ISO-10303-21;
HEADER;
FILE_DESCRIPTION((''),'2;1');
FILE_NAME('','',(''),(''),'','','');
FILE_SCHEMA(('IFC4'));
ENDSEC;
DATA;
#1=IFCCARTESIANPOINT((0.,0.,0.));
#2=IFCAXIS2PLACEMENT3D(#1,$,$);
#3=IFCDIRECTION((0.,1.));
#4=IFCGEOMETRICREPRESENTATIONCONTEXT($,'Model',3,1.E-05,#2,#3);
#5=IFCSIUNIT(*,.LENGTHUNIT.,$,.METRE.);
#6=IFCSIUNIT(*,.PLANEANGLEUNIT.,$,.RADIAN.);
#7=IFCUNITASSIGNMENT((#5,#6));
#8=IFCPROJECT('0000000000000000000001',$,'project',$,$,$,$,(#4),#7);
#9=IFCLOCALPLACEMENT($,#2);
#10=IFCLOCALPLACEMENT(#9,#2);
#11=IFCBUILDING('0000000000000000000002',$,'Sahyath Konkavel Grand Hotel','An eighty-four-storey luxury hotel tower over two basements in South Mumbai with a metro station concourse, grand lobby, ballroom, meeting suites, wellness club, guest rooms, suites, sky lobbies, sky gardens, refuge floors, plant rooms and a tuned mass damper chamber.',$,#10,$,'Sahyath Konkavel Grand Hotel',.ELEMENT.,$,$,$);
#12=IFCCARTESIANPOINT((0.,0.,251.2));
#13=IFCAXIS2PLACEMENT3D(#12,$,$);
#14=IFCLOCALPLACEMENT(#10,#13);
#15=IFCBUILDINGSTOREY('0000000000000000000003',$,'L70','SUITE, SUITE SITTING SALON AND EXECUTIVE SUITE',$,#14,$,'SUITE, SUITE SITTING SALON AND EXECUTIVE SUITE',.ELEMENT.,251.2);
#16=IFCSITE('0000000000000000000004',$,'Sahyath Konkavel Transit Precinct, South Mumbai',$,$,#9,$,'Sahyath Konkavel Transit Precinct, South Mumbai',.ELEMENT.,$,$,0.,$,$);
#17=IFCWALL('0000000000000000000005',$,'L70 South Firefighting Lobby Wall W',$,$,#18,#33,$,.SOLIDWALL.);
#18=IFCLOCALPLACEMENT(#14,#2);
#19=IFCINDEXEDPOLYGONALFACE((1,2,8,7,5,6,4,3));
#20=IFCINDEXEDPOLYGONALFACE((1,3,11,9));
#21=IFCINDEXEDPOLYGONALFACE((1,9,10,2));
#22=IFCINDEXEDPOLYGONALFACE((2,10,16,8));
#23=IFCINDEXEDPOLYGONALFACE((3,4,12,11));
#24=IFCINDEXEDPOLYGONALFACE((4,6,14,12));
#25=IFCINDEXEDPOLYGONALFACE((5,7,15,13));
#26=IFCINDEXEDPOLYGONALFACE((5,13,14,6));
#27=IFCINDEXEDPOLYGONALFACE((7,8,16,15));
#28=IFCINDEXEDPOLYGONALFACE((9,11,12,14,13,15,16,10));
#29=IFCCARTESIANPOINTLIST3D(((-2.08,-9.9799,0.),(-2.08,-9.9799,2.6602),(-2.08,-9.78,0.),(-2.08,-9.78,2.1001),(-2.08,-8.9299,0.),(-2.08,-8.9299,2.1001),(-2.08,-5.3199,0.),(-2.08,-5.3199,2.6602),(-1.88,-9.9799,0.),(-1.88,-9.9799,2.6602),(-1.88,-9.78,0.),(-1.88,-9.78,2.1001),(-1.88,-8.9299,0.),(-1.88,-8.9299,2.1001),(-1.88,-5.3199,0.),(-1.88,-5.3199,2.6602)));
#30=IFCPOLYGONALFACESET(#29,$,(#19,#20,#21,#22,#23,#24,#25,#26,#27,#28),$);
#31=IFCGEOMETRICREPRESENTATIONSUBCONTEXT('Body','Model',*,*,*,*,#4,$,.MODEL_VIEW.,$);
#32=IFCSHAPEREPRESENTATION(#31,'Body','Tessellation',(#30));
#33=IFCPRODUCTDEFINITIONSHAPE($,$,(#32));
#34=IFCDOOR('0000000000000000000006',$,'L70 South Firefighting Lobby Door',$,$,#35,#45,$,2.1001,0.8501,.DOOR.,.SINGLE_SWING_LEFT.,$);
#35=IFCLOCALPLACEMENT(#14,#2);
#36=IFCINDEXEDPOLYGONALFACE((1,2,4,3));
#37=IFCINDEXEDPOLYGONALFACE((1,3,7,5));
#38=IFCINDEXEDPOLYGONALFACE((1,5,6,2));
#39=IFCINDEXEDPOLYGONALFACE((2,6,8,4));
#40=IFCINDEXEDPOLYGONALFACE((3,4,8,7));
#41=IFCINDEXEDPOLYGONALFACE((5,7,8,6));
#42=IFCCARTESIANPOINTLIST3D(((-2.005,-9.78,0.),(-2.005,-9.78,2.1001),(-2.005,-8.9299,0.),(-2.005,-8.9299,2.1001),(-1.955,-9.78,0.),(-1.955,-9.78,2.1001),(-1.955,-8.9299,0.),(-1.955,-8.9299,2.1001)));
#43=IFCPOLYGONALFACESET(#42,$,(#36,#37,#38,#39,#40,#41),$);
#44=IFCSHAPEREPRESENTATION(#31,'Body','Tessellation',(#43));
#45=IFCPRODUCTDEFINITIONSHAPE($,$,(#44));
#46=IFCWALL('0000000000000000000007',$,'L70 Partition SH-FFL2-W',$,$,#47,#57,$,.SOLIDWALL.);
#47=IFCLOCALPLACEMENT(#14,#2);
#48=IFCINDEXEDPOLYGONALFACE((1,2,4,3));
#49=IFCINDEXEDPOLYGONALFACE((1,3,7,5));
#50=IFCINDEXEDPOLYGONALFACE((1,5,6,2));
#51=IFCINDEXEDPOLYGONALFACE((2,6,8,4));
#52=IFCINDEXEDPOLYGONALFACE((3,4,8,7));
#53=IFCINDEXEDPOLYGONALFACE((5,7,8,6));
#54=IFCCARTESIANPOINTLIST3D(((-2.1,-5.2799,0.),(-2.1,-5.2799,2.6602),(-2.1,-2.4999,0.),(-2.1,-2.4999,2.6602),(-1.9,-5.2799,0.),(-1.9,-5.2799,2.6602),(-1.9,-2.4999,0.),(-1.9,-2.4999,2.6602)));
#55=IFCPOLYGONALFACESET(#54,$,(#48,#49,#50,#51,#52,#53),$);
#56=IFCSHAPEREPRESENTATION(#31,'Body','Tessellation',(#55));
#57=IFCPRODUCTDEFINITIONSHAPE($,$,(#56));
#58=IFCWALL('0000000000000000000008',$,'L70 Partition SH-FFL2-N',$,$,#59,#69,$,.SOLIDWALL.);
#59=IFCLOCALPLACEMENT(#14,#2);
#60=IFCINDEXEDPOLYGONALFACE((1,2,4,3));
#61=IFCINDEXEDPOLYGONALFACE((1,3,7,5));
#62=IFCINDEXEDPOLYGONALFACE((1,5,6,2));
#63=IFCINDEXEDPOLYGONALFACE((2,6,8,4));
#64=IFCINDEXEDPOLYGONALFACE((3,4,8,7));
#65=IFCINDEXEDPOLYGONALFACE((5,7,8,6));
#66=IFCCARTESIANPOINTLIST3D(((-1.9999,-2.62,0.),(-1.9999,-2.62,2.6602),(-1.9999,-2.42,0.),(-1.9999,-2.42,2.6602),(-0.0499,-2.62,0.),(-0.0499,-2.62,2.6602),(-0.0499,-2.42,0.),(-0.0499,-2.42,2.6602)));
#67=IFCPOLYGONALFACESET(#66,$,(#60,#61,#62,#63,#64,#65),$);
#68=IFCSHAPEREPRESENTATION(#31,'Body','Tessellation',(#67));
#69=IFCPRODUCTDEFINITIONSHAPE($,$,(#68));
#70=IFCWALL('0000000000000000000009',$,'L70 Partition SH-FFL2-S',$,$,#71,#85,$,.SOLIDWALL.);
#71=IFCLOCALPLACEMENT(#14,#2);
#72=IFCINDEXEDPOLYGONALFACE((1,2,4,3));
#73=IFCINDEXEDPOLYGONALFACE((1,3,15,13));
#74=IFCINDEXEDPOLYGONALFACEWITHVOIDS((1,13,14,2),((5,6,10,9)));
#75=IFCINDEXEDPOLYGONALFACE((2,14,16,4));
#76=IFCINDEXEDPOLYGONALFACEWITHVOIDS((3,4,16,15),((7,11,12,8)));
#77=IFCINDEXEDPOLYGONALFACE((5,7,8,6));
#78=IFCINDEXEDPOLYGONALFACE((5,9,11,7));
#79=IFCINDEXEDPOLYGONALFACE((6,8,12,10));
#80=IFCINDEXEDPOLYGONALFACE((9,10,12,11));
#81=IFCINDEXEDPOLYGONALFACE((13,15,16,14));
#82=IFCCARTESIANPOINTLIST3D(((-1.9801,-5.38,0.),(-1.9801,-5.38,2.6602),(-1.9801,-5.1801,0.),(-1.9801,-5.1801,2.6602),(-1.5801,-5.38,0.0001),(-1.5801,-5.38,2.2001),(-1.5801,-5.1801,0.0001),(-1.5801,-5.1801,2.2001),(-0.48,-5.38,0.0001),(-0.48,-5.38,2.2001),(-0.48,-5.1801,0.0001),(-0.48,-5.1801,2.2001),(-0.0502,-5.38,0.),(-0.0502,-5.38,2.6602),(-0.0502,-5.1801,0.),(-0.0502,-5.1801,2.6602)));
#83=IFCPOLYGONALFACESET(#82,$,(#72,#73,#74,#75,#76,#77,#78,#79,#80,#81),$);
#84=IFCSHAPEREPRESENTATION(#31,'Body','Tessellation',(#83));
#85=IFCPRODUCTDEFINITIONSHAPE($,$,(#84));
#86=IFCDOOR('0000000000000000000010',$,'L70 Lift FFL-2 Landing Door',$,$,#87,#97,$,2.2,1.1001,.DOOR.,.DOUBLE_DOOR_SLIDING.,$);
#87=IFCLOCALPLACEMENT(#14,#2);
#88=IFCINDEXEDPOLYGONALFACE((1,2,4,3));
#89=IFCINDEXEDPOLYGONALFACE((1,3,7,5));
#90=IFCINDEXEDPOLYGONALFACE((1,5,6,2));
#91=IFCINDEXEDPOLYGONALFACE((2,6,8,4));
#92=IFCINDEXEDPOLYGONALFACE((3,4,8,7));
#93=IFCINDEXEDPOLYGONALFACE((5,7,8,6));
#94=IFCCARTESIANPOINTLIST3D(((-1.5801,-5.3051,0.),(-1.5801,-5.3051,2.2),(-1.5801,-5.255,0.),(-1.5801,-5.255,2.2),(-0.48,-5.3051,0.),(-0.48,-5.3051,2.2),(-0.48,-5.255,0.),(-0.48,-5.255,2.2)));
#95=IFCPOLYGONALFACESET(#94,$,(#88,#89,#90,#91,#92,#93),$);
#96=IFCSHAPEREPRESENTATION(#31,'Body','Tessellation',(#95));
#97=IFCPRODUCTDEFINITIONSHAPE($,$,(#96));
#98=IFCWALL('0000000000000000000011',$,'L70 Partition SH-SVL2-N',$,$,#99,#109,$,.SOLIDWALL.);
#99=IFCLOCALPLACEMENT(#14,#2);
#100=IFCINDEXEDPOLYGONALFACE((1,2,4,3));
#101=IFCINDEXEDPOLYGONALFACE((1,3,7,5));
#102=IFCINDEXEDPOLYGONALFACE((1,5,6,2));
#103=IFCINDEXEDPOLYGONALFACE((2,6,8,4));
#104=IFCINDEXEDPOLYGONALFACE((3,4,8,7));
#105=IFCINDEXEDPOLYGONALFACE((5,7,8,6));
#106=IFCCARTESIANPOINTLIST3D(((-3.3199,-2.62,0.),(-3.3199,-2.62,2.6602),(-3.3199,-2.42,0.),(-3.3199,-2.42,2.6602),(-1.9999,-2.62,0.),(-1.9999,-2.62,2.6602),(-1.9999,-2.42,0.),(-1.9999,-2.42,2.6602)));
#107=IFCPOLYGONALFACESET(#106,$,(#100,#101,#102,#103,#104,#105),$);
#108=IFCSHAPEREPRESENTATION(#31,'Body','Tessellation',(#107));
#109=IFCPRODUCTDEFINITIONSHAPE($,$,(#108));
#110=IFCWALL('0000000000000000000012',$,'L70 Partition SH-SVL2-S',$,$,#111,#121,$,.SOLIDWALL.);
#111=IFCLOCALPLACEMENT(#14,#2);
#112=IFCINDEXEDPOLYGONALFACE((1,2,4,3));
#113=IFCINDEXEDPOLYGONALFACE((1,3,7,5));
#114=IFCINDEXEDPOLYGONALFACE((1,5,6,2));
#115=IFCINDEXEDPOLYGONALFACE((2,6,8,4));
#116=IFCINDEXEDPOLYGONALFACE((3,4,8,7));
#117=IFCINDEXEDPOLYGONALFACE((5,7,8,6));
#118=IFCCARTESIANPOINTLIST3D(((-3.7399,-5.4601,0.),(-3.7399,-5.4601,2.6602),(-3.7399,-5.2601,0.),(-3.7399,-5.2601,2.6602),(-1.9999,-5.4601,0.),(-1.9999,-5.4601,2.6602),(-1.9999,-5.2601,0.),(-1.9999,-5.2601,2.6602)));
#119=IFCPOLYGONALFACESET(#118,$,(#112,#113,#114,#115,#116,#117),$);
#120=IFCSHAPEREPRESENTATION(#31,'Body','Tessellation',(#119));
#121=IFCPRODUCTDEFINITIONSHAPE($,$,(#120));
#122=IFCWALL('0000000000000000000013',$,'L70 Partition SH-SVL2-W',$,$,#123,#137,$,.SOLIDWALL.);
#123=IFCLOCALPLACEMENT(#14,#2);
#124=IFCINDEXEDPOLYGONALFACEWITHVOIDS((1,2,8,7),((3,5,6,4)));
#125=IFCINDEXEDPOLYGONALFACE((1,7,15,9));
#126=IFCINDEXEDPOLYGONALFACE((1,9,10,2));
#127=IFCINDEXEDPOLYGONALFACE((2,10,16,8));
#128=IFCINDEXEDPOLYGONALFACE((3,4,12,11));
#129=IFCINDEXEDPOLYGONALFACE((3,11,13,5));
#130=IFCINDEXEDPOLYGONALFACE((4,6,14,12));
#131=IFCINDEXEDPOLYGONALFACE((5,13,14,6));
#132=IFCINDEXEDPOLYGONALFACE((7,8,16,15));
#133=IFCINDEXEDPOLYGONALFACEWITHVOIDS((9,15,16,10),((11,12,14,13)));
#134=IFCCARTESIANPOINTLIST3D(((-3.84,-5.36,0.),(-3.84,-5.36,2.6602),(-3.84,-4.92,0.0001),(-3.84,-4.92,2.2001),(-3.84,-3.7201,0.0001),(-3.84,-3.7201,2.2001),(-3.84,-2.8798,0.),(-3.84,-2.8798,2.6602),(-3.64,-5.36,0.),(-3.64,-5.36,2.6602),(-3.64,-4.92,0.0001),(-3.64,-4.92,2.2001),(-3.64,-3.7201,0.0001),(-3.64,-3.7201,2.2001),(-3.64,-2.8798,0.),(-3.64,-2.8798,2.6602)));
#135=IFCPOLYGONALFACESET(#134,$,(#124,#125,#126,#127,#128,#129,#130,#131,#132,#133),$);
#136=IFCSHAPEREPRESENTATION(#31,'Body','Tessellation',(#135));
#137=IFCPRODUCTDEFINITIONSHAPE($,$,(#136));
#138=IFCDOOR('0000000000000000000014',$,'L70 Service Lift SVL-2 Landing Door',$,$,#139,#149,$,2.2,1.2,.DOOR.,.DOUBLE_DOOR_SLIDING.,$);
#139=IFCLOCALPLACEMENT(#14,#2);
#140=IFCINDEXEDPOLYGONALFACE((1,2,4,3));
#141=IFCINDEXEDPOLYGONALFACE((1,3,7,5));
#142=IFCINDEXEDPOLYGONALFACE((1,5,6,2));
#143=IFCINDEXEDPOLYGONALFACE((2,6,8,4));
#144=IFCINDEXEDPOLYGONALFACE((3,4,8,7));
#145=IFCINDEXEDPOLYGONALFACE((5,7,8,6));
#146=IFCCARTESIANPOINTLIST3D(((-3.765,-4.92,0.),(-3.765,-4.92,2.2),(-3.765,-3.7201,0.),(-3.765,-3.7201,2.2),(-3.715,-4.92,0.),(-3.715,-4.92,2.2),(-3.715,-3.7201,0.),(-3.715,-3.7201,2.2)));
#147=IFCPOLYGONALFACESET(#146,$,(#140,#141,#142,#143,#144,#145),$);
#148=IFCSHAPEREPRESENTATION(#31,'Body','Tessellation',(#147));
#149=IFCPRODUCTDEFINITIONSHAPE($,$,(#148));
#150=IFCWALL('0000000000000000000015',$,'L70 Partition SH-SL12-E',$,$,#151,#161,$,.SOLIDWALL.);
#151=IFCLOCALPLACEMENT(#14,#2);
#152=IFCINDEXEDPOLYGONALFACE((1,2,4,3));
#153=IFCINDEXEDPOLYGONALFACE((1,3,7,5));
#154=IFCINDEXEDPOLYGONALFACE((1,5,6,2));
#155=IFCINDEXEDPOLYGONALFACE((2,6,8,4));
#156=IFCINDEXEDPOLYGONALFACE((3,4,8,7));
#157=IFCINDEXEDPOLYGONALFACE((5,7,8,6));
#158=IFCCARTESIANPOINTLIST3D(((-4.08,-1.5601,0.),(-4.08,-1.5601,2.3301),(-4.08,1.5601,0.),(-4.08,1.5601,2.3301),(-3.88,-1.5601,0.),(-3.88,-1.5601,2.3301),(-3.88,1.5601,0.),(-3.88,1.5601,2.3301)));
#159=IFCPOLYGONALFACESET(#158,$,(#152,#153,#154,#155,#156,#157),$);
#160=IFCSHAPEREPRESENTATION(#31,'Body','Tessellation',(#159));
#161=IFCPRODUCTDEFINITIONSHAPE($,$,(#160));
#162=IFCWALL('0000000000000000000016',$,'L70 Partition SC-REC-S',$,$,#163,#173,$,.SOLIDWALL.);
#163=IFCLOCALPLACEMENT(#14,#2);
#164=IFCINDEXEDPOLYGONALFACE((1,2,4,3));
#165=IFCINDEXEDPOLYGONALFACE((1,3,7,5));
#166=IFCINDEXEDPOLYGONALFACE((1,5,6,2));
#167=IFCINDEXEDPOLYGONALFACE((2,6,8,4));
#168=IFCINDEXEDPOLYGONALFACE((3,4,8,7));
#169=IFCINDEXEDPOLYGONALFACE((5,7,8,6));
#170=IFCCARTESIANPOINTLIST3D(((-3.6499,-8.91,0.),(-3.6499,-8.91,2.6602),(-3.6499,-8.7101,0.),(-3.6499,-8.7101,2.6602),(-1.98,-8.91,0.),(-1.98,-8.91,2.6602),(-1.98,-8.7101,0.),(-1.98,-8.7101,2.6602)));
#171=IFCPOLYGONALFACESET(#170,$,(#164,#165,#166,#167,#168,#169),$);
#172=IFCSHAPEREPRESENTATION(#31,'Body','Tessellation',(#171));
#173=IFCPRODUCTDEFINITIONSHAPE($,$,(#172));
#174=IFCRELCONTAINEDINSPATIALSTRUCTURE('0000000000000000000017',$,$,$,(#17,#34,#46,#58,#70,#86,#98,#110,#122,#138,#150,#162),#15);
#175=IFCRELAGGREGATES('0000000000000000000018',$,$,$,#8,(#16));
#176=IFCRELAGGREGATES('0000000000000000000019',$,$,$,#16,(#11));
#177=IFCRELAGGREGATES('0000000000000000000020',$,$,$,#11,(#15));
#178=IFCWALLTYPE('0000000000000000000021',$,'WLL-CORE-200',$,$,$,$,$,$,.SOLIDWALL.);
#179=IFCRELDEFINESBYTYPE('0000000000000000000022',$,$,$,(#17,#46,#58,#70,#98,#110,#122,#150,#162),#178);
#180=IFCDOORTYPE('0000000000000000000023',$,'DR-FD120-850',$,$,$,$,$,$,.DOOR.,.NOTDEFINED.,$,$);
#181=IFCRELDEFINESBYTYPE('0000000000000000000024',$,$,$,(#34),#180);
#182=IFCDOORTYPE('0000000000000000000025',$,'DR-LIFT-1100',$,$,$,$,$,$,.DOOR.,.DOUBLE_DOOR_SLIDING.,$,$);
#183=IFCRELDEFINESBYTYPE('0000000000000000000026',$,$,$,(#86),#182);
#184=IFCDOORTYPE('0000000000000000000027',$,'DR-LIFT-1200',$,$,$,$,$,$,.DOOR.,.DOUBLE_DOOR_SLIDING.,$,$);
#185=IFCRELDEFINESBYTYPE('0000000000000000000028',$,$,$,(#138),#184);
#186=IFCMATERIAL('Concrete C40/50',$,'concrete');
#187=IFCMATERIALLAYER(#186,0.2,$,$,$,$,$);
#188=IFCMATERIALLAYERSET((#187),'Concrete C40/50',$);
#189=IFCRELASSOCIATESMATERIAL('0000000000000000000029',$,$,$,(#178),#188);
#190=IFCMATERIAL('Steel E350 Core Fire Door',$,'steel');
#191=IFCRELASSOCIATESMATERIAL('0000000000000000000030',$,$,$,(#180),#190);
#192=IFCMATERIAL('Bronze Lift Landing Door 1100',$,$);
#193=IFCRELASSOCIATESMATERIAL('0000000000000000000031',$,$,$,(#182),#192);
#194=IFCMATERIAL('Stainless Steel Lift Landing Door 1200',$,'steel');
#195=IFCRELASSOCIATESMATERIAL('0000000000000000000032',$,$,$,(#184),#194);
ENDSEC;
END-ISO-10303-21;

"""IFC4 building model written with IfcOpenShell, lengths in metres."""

from ifc_helpers import new_model, si_unit, direction, frame, frame_2d, origin, origin_2d, place, context, subcontext, project, spatial, rectangle, extrude, source, transform, mapped, material, layer, layer_set, type_object, element, fill, save


model = new_model("IFC4")

# Units and contexts
model_context = context("Model", 3, precision=1e-05, world=origin(), true_north=direction((0.0, 1.0)))
body_context = subcontext(model_context, "Body", "Model", "MODEL_VIEW")
ifc_project = project(units=[si_unit("LENGTHUNIT", "METRE"), si_unit("PLANEANGLEUNIT", "RADIAN")], contexts=[model_context])

# Site, building, storey
site_placement = place(None, origin())
site = spatial("IfcSite", under=ifc_project, at=site_placement, Name="Sahyath Konkavel Transit Precinct, South Mumbai", LongName="Sahyath Konkavel Transit Precinct, South Mumbai", CompositionType="ELEMENT", RefElevation=0.0)
building_placement = place(site_placement, origin())
building = spatial("IfcBuilding", under=site, at=building_placement, Name="Sahyath Konkavel Grand Hotel", Description="An eighty-four-storey luxury hotel tower over two basements in South Mumbai with a metro station concourse, grand lobby, ballroom, meeting suites, wellness club, guest rooms, suites, sky lobbies, sky gardens, refuge floors, plant rooms and a tuned mass damper chamber.", LongName="Sahyath Konkavel Grand Hotel", CompositionType="ELEMENT")
storey_placement = place(building_placement, frame((0.0, 0.0, 251.2)))
storey = spatial("IfcBuildingStorey", under=building, at=storey_placement, Name="L70", Description="SUITE, SUITE SITTING SALON AND EXECUTIVE SUITE", LongName="SUITE, SUITE SITTING SALON AND EXECUTIVE SUITE", CompositionType="ELEMENT", Elevation=251.2)

# Shared definitions
ifc_material_1 = material(Name="Concrete C40/50", Category="concrete")

# Wall, opening, door
ifc_layer_1 = layer(ifc_material_1, 0.2)
ifc_layer_set_1 = layer_set([ifc_layer_1], Name="Concrete C40/50")
wall_type_1 = type_object("IfcWallType", Name="WLL-CORE-200", PredefinedType="SOLIDWALL", material=ifc_layer_set_1)
wall_1_placement = place(storey_placement, frame((-1.98, -9.98, 0.0), z_axis=(0.0, 0.0, 1.0), x_axis=(0.0, 1.0, 0.0)))
wall_1 = element("IfcWall", 1, at=wall_1_placement, inside=storey, type_object=wall_type_1, Name="L70 South Firefighting Lobby Wall W", PredefinedType="SOLIDWALL", context=body_context, shape_type="SweptSolid", body=[
    extrude(rectangle(XDim=4.6599, YDim=0.2, at=frame_2d((2.3301, 0.0))), origin(), (0.0, 0.0, 1.0), 2.6602),
])
opening_1_placement = place(wall_1_placement, frame((0.2, 0.0, 0.0)))
opening_1 = element("IfcOpeningElement", 2, at=opening_1_placement, cuts=wall_1, PredefinedType="OPENING", context=body_context, shape_type="SweptSolid", body=[
    extrude(rectangle(XDim=0.8501, YDim=2.1001, at=frame_2d((0.425, 1.05))), frame((0.0, 0.1099, 0.0), z_axis=(0.0, -1.0, 0.0), x_axis=(1.0, 0.0, 0.0)), (0.0, 0.0, 1.0), 0.22),
])
ifc_material_2 = material(Name="Steel E350 Core Fire Door", Category="steel")
door_type_1 = type_object("IfcDoorType", Name="DR-FD120-850", OperationType="NOTDEFINED", PredefinedType="DOOR", material=ifc_material_2)
shared_shape_1 = source(origin(), body_context, "Body", "SweptSolid", [
    extrude(rectangle(XDim=0.8501, YDim=0.05, at=origin_2d()), origin(), (0.0, 0.0, 1.0), 2.1001),
])
door_1_placement = place(opening_1_placement, frame((0.425, 0.0, 0.0)))
door_1 = element("IfcDoor", 3, at=door_1_placement, inside=storey, type_object=door_type_1, Name="L70 South Firefighting Lobby Door", OperationType="SINGLE_SWING_LEFT", OverallHeight=2.1001, OverallWidth=0.8501, PredefinedType="DOOR", context=body_context, shape_type="MappedRepresentation", body=[
    mapped(shared_shape_1, transform((0.0, 0.0, 0.0), scale=1.0)),
])
fill(opening_1, door_1)

# Walls
wall_2_placement = place(storey_placement, frame((-2.0, -5.28, 0.0), z_axis=(0.0, 0.0, 1.0), x_axis=(0.0, 1.0, 0.0)))
element("IfcWall", 4, at=wall_2_placement, inside=storey, type_object=wall_type_1, Name="L70 Partition SH-FFL2-W", PredefinedType="SOLIDWALL", context=body_context, shape_type="SweptSolid", body=[
    extrude(rectangle(XDim=2.78, YDim=0.2, at=frame_2d((1.3901, 0.0))), origin(), (0.0, 0.0, 1.0), 2.6602),
])
wall_3_placement = place(storey_placement, frame((-2.0, -2.52, 0.0), z_axis=(0.0, 0.0, 1.0), x_axis=(1.0, 0.0, 0.0)))
element("IfcWall", 5, at=wall_3_placement, inside=storey, type_object=wall_type_1, Name="L70 Partition SH-FFL2-N", PredefinedType="SOLIDWALL", context=body_context, shape_type="SweptSolid", body=[
    extrude(rectangle(XDim=1.95, YDim=0.2, at=frame_2d((0.9751, 0.0))), origin(), (0.0, 0.0, 1.0), 2.6602),
])

# Wall, opening, door
wall_4_placement = place(storey_placement, frame((-1.98, -5.28, 0.0), z_axis=(0.0, 0.0, 1.0), x_axis=(1.0, 0.0, 0.0)))
wall_4 = element("IfcWall", 6, at=wall_4_placement, inside=storey, type_object=wall_type_1, Name="L70 Partition SH-FFL2-S", PredefinedType="SOLIDWALL", context=body_context, shape_type="SweptSolid", body=[
    extrude(rectangle(XDim=1.9299, YDim=0.2, at=frame_2d((0.9648, 0.0))), origin(), (0.0, 0.0, 1.0), 2.6602),
])
opening_2_placement = place(wall_4_placement, frame((0.3999, 0.0, 0.0)))
opening_2 = element("IfcOpeningElement", 7, at=opening_2_placement, cuts=wall_4, PredefinedType="OPENING", context=body_context, shape_type="SweptSolid", body=[
    extrude(rectangle(XDim=1.1001, YDim=2.2, at=frame_2d((0.55, 1.1001))), frame((0.0, 0.1099, 0.0), z_axis=(0.0, -1.0, 0.0), x_axis=(1.0, 0.0, 0.0)), (0.0, 0.0, 1.0), 0.22),
])
ifc_material_3 = material(Name="Bronze Lift Landing Door 1100")
door_type_2 = type_object("IfcDoorType", Name="DR-LIFT-1100", OperationType="DOUBLE_DOOR_SLIDING", PredefinedType="DOOR", material=ifc_material_3)
shared_shape_2 = source(origin(), body_context, "Body", "SweptSolid", [
    extrude(rectangle(XDim=1.1001, YDim=0.05, at=origin_2d()), origin(), (0.0, 0.0, 1.0), 2.2),
])
door_2_placement = place(opening_2_placement, frame((0.55, 0.0, 0.0)))
door_2 = element("IfcDoor", 8, at=door_2_placement, inside=storey, type_object=door_type_2, Name="L70 Lift FFL-2 Landing Door", OperationType="DOUBLE_DOOR_SLIDING", OverallHeight=2.2, OverallWidth=1.1001, PredefinedType="DOOR", context=body_context, shape_type="MappedRepresentation", body=[
    mapped(shared_shape_2, transform((0.0, 0.0, 0.0), scale=1.0)),
])
fill(opening_2, door_2)

# Walls
wall_5_placement = place(storey_placement, frame((-3.3201, -2.52, 0.0), z_axis=(0.0, 0.0, 1.0), x_axis=(1.0, 0.0, 0.0)))
element("IfcWall", 9, at=wall_5_placement, inside=storey, type_object=wall_type_1, Name="L70 Partition SH-SVL2-N", PredefinedType="SOLIDWALL", context=body_context, shape_type="SweptSolid", body=[
    extrude(rectangle(XDim=1.3201, YDim=0.2, at=frame_2d((0.6602, 0.0))), origin(), (0.0, 0.0, 1.0), 2.6602),
])
wall_6_placement = place(storey_placement, frame((-3.74, -5.3601, 0.0), z_axis=(0.0, 0.0, 1.0), x_axis=(1.0, 0.0, 0.0)))
element("IfcWall", 10, at=wall_6_placement, inside=storey, type_object=wall_type_1, Name="L70 Partition SH-SVL2-S", PredefinedType="SOLIDWALL", context=body_context, shape_type="SweptSolid", body=[
    extrude(rectangle(XDim=1.74, YDim=0.2, at=frame_2d((0.8701, 0.0))), origin(), (0.0, 0.0, 1.0), 2.6602),
])

# Wall, opening, door
wall_7_placement = place(storey_placement, frame((-3.74, -5.3601, 0.0), z_axis=(0.0, 0.0, 1.0), x_axis=(0.0, 1.0, 0.0)))
wall_7 = element("IfcWall", 11, at=wall_7_placement, inside=storey, type_object=wall_type_1, Name="L70 Partition SH-SVL2-W", PredefinedType="SOLIDWALL", context=body_context, shape_type="SweptSolid", body=[
    extrude(rectangle(XDim=2.4802, YDim=0.2, at=frame_2d((1.2402, 0.0))), origin(), (0.0, 0.0, 1.0), 2.6602),
])
opening_3_placement = place(wall_7_placement, frame((0.4399, 0.0, 0.0)))
opening_3 = element("IfcOpeningElement", 12, at=opening_3_placement, cuts=wall_7, PredefinedType="OPENING", context=body_context, shape_type="SweptSolid", body=[
    extrude(rectangle(XDim=1.2, YDim=2.2, at=frame_2d((0.6001, 1.1001))), frame((0.0, 0.1099, 0.0), z_axis=(0.0, -1.0, 0.0), x_axis=(1.0, 0.0, 0.0)), (0.0, 0.0, 1.0), 0.22),
])
ifc_material_4 = material(Name="Stainless Steel Lift Landing Door 1200", Category="steel")
door_type_3 = type_object("IfcDoorType", Name="DR-LIFT-1200", OperationType="DOUBLE_DOOR_SLIDING", PredefinedType="DOOR", material=ifc_material_4)
shared_shape_3 = source(origin(), body_context, "Body", "SweptSolid", [
    extrude(rectangle(XDim=1.2, YDim=0.05, at=origin_2d()), origin(), (0.0, 0.0, 1.0), 2.2),
])
door_3_placement = place(opening_3_placement, frame((0.6001, 0.0, 0.0)))
door_3 = element("IfcDoor", 13, at=door_3_placement, inside=storey, type_object=door_type_3, Name="L70 Service Lift SVL-2 Landing Door", OperationType="DOUBLE_DOOR_SLIDING", OverallHeight=2.2, OverallWidth=1.2, PredefinedType="DOOR", context=body_context, shape_type="MappedRepresentation", body=[
    mapped(shared_shape_3, transform((0.0, 0.0, 0.0), scale=1.0)),
])
fill(opening_3, door_3)

# Wall
wall_8_placement = place(storey_placement, frame((-3.98, -1.5601, 0.0), z_axis=(0.0, 0.0, 1.0), x_axis=(0.0, 1.0, 0.0)))
element("IfcWall", 14, at=wall_8_placement, inside=storey, type_object=wall_type_1, Name="L70 Partition SH-SL12-E", PredefinedType="SOLIDWALL", context=body_context, shape_type="SweptSolid", body=[
    extrude(rectangle(XDim=3.1201, YDim=0.2, at=frame_2d((1.5601, 0.0))), origin(), (0.0, 0.0, 1.0), 2.3301),
])

# Wall
wall_9_placement = place(storey_placement, frame((-3.6499, -8.8101, 0.0), z_axis=(0.0, 0.0, 1.0), x_axis=(1.0, 0.0, 0.0)))
element("IfcWall", 15, at=wall_9_placement, inside=storey, type_object=wall_type_1, Name="L70 Partition SC-REC-S", PredefinedType="SOLIDWALL", context=body_context, shape_type="SweptSolid", body=[
    extrude(rectangle(XDim=1.6699, YDim=0.2, at=frame_2d((0.835, 0.0))), origin(), (0.0, 0.0, 1.0), 2.6602),
])

save(model, "model.ifc")
